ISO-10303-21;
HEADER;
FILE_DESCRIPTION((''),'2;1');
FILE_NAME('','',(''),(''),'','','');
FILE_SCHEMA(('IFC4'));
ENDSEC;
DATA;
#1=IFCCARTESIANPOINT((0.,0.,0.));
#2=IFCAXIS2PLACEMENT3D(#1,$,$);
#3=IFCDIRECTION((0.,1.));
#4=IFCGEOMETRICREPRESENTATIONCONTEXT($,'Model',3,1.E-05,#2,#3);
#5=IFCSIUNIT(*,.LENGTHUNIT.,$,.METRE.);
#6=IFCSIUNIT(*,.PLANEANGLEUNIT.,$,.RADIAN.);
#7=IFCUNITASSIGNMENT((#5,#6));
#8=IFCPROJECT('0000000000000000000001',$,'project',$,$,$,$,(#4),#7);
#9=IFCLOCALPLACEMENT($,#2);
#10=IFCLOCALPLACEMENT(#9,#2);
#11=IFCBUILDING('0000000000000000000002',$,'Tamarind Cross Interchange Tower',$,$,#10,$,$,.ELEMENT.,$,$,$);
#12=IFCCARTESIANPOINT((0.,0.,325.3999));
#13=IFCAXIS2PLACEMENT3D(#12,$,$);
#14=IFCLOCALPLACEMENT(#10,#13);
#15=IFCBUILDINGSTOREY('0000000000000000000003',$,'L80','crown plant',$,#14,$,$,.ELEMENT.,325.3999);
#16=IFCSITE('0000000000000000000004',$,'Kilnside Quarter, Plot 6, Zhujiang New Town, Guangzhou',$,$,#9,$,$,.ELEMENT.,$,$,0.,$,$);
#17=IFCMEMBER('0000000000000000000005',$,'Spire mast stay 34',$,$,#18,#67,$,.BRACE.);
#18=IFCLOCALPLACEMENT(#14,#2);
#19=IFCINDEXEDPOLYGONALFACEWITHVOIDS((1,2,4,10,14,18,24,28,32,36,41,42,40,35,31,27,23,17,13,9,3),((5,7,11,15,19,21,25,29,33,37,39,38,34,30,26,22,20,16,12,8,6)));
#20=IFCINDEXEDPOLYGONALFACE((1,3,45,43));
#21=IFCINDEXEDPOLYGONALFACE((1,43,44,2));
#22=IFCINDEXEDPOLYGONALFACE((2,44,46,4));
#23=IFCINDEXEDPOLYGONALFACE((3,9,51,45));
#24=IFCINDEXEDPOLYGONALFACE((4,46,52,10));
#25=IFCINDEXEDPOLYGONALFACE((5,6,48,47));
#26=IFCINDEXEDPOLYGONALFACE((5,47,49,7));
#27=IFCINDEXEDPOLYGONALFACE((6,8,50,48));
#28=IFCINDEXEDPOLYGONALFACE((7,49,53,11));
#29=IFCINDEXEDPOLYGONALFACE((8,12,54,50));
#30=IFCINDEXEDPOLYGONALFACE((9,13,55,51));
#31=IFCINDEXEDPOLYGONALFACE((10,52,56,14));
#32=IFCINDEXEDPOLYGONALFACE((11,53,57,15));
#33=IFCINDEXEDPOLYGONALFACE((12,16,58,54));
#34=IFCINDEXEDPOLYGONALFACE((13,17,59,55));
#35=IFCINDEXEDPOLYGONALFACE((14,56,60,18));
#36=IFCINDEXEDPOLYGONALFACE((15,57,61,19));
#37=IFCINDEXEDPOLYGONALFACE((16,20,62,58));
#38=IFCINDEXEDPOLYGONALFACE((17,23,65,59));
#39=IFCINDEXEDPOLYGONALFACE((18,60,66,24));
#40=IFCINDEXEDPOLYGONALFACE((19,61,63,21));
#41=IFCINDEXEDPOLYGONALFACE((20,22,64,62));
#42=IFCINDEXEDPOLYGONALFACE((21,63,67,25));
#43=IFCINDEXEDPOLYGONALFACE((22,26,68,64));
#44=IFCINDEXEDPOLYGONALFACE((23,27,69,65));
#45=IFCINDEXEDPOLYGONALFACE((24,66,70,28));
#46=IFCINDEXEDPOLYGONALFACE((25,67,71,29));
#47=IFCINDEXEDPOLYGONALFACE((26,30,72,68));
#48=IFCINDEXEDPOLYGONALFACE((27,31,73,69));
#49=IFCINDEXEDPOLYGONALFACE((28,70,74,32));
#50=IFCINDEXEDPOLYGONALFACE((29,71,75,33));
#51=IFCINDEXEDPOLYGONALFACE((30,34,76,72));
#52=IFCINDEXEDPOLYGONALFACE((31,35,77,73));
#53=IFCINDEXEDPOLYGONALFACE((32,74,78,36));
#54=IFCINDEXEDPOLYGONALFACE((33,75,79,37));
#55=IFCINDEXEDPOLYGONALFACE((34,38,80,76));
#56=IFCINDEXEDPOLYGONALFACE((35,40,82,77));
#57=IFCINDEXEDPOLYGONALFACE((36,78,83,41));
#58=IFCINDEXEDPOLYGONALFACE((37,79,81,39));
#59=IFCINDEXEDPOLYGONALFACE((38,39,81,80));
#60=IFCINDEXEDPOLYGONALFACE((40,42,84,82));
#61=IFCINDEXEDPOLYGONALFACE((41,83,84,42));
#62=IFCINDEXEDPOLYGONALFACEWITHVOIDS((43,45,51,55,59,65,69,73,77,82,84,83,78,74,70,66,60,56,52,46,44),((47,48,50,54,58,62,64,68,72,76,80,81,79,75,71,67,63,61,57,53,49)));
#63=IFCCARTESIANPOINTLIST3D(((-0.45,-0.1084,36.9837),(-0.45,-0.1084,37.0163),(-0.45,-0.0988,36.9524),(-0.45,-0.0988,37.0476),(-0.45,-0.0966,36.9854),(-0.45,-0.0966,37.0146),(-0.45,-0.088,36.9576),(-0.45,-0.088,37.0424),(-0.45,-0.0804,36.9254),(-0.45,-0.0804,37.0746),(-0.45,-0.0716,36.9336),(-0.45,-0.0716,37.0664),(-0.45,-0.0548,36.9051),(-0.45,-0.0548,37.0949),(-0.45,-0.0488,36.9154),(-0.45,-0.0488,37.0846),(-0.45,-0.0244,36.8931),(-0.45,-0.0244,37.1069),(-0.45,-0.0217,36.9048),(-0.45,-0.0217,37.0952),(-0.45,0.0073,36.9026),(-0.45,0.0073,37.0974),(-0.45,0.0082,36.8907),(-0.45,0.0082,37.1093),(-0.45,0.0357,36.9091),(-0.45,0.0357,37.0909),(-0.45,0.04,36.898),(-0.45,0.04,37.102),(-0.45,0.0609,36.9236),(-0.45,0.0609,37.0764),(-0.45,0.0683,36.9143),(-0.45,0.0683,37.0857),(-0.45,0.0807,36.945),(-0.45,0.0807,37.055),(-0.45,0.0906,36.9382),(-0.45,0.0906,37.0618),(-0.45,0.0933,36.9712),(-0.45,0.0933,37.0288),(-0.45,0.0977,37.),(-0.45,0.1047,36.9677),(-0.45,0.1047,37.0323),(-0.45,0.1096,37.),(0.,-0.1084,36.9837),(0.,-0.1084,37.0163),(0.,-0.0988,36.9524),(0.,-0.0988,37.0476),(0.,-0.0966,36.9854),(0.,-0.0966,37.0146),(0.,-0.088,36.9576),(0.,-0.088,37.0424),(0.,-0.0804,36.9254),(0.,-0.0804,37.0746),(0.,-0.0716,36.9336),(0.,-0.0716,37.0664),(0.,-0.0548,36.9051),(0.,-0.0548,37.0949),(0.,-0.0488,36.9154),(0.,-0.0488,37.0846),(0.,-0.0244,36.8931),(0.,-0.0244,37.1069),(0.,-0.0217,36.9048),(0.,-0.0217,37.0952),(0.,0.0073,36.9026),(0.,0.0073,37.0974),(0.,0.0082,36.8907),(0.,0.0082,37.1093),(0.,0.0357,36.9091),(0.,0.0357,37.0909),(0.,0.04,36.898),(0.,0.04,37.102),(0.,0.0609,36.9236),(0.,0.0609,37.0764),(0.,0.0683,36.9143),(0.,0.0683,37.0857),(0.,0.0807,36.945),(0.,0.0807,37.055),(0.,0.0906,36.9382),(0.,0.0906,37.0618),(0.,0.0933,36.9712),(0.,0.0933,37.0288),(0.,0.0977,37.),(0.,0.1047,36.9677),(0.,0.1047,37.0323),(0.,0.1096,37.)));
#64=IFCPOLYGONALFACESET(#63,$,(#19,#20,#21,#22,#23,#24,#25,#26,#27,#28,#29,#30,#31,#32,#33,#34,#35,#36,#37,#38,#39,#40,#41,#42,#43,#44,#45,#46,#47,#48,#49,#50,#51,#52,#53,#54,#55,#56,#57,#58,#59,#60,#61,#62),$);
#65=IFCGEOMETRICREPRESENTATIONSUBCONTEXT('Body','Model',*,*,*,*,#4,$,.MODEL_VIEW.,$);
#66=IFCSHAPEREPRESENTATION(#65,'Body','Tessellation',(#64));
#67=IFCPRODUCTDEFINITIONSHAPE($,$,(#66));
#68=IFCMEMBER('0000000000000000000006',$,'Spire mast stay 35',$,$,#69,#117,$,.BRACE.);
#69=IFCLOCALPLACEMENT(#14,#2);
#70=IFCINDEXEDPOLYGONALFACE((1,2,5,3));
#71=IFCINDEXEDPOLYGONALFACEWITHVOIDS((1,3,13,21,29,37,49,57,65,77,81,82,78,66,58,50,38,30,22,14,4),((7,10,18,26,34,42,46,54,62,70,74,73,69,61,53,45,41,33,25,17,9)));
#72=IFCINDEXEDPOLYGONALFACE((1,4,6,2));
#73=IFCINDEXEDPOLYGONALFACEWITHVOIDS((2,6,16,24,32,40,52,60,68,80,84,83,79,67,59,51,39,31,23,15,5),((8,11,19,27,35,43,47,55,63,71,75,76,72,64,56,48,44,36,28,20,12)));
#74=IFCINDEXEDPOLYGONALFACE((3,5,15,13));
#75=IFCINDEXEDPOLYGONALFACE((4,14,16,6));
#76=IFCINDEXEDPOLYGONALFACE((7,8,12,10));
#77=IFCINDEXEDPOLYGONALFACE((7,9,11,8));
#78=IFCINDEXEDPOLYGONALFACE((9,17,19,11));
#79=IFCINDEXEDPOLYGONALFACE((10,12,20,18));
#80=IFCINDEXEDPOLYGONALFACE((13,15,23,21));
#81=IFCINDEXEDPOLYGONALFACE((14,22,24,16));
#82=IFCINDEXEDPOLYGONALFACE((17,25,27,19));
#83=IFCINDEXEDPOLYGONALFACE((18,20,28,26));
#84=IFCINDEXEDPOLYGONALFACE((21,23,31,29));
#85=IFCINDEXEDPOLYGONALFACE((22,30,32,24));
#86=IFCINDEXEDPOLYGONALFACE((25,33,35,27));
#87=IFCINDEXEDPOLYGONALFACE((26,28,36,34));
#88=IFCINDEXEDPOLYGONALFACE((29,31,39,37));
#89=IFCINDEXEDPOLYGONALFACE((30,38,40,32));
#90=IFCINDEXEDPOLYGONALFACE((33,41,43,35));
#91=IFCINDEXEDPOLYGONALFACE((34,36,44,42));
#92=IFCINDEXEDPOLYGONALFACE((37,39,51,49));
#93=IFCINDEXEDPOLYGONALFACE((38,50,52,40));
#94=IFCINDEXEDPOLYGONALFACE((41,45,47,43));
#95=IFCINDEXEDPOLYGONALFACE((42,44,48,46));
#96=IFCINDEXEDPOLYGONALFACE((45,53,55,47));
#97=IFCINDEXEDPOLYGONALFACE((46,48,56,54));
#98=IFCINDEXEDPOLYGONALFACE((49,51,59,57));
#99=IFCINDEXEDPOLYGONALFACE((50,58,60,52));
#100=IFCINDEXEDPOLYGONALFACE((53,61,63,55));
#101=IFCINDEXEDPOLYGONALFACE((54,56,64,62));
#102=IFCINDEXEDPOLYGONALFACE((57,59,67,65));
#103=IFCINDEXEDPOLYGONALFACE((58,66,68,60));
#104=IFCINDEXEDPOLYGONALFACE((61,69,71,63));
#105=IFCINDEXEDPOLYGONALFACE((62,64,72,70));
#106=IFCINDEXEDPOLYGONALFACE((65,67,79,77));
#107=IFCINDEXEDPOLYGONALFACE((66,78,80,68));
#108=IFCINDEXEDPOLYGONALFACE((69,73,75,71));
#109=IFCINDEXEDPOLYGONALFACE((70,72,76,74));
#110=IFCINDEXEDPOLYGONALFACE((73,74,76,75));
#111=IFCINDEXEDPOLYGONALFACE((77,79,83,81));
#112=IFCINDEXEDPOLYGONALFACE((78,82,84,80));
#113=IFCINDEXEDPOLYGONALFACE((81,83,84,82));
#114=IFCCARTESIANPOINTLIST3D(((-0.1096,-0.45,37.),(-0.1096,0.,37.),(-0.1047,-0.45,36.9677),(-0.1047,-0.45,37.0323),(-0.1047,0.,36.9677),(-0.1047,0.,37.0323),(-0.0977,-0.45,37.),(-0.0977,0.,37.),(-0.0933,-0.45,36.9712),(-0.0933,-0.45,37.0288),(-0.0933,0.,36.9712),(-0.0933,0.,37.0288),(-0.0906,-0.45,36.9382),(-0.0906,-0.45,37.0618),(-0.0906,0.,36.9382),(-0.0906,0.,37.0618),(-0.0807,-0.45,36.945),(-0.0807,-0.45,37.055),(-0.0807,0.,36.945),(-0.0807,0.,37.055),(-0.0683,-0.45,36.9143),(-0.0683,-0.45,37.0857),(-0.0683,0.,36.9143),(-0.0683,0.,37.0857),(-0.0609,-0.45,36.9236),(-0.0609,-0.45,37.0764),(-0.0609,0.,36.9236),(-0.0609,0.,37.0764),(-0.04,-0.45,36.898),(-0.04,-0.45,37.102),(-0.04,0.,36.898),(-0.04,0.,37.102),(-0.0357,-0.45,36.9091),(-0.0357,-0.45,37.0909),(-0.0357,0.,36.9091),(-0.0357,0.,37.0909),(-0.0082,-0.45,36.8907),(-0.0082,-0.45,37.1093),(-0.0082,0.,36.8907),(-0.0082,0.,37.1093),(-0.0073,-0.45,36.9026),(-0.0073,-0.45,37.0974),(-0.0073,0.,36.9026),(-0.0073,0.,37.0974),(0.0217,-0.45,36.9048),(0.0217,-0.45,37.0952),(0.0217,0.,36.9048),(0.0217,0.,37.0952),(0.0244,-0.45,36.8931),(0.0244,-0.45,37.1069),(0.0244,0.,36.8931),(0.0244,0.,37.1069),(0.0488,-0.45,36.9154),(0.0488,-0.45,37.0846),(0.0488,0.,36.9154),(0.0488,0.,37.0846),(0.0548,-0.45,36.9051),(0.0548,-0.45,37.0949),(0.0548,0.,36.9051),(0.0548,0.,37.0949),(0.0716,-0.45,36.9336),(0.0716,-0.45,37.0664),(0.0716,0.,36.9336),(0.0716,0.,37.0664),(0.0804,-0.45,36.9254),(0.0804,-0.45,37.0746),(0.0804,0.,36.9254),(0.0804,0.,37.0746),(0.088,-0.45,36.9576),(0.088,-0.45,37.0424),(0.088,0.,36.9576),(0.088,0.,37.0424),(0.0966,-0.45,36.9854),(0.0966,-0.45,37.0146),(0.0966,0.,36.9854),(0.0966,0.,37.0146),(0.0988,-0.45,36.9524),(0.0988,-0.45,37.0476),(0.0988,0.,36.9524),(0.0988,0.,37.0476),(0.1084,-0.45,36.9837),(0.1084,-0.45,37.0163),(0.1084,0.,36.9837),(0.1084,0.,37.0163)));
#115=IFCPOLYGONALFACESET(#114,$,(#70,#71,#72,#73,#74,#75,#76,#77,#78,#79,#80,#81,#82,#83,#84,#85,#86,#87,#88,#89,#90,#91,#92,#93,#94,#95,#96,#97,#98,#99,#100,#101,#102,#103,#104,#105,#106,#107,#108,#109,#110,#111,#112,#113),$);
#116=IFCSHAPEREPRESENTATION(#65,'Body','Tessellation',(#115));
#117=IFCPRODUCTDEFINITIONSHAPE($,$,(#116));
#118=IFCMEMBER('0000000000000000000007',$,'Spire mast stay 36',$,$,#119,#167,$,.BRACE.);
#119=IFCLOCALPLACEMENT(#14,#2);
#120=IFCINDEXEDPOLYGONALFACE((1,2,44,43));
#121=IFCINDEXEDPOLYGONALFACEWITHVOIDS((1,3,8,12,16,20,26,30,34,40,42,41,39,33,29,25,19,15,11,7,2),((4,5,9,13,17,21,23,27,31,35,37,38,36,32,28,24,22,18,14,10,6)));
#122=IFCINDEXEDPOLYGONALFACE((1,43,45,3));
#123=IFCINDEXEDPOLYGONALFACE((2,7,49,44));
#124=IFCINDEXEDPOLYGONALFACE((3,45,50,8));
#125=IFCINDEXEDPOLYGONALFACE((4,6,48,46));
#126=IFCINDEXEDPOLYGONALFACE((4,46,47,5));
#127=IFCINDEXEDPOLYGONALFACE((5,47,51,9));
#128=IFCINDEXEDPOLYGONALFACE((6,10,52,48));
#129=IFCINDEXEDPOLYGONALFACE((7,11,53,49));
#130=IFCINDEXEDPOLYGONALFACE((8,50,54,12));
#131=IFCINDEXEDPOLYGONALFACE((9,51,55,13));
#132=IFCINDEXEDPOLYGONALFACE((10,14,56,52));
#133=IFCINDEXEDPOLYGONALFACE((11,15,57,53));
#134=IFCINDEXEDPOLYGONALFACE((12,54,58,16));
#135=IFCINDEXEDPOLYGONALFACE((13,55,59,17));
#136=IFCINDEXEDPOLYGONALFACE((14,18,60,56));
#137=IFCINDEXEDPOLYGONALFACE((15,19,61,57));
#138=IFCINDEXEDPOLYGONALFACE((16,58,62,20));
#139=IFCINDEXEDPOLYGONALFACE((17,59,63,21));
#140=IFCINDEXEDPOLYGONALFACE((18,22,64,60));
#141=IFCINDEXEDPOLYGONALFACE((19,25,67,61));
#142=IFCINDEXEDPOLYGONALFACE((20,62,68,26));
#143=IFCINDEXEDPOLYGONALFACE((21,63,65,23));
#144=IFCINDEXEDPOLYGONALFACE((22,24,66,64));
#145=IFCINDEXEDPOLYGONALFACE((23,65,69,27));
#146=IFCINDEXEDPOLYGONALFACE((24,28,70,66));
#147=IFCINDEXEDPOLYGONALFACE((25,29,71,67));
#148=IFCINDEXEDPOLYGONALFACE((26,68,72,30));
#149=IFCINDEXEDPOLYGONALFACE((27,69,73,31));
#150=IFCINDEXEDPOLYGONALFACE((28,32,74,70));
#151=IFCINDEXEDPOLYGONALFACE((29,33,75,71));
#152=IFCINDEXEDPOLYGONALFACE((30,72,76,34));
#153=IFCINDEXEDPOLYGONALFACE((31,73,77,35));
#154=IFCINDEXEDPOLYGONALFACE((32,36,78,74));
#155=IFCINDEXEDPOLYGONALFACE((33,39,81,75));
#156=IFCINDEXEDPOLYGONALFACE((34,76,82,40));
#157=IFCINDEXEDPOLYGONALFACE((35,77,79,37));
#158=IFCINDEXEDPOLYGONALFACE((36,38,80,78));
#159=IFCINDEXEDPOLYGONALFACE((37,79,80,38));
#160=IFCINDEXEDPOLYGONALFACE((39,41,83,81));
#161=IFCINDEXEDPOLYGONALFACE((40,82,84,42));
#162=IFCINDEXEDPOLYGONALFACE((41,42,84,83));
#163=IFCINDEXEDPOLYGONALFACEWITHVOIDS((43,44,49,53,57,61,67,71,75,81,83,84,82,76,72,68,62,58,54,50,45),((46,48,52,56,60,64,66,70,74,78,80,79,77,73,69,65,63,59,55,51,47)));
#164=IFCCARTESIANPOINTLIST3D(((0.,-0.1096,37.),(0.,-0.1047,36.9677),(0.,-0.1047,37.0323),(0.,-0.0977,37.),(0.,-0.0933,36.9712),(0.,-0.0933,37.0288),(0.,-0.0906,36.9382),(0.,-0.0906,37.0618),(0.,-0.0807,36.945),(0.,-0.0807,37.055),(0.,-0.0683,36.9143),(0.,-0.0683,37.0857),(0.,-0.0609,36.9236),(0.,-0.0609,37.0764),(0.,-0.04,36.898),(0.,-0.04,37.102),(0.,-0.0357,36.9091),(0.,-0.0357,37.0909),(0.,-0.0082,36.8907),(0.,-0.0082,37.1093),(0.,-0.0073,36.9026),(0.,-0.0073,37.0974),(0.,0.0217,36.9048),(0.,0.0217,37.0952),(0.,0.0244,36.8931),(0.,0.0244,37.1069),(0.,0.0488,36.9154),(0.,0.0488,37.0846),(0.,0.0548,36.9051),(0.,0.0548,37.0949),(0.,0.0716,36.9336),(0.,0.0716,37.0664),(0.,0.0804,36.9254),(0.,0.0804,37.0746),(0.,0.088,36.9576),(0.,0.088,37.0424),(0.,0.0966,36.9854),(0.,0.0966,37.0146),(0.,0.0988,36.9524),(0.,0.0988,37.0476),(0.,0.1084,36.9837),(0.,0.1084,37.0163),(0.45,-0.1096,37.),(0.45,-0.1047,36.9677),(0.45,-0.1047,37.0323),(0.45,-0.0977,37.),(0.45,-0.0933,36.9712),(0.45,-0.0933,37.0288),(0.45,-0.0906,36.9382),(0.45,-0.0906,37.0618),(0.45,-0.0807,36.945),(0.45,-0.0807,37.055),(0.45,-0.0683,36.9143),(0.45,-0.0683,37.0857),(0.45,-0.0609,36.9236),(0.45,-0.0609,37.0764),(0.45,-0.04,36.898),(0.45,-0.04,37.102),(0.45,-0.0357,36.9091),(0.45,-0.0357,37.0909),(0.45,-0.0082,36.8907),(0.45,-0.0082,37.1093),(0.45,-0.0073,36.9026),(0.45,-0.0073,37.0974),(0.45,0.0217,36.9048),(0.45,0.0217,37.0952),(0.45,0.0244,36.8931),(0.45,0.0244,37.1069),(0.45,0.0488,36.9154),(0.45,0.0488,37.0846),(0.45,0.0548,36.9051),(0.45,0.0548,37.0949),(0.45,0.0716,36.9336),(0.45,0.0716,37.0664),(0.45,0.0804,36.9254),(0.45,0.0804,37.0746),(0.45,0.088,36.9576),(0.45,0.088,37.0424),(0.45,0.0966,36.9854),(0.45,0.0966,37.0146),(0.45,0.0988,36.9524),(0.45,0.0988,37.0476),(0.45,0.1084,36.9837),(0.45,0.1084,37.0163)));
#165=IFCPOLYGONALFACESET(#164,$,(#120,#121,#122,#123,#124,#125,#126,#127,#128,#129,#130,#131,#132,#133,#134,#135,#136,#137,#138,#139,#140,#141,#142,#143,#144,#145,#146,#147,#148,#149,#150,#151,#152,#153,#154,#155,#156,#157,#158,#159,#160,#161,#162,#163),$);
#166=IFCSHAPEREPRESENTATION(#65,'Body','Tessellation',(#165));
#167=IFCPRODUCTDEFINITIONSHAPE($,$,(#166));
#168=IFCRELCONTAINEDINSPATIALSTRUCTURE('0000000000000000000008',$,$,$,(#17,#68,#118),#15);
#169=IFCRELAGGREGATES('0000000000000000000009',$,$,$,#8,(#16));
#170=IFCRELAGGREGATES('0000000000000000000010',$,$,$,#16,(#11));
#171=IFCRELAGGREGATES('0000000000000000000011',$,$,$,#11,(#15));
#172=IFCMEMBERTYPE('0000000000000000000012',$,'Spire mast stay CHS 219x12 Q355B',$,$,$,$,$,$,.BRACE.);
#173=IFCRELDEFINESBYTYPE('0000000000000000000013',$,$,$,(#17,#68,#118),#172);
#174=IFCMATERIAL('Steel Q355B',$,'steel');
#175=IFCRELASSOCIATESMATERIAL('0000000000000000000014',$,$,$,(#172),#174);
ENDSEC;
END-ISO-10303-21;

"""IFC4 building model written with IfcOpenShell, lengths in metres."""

from ifc_helpers import new_model, si_unit, direction, frame, origin, origin_2d, place, context, subcontext, project, spatial, hollow_circle, extrude, material, material_profile, profile_set, type_object, element, save


model = new_model("IFC4")

# Units and contexts
model_context = context("Model", 3, precision=1e-05, world=origin(), true_north=direction((0.0, 1.0)))
body_context = subcontext(model_context, "Body", "Model", "MODEL_VIEW")
ifc_project = project(units=[si_unit("LENGTHUNIT", "METRE"), si_unit("PLANEANGLEUNIT", "RADIAN")], contexts=[model_context])

# Site, building, storey
site_placement = place(None, origin())
site = spatial("IfcSite", under=ifc_project, at=site_placement, Name="Kilnside Quarter, Plot 6, Zhujiang New Town, Guangzhou", CompositionType="ELEMENT", RefElevation=0.0)
building_placement = place(site_placement, origin())
building = spatial("IfcBuilding", under=site, at=building_placement, Name="Tamarind Cross Interchange Tower", CompositionType="ELEMENT")
storey_placement = place(building_placement, frame((0.0, 0.0, 325.3999)))
storey = spatial("IfcBuildingStorey", under=building, at=storey_placement, Name="L80", Description="crown plant", CompositionType="ELEMENT", Elevation=325.3999)

# Members
ifc_material_1 = material(Name="Steel Q355B", Category="steel")
ifc_material_profile_1 = material_profile(ifc_material_1, hollow_circle(Radius=0.1096, WallThickness=0.012, at=origin_2d()), Name="CHS 219x12")
ifc_profile_set_1 = profile_set([ifc_material_profile_1], Name="Steel Q355B")
member_type_1 = type_object("IfcMemberType", Name="Spire mast stay CHS 219x12 Q355B", PredefinedType="BRACE", material=ifc_profile_set_1)
for number, where, z_axis, x_axis, name in (
    (1, (-0.45, 0.0, 37.0), (1.0, 0.0, 0.0), (0.0, 1.0, 0.0), "Spire mast stay 34"),
    (2, (0.0, -0.45, 37.0), (0.0, 1.0, 0.0), (-1.0, 0.0, 0.0), "Spire mast stay 35"),
    (3, (0.45, 0.0, 37.0), (-1.0, 0.0, 0.0), (0.0, -1.0, 0.0), "Spire mast stay 36"),
):
    element("IfcMember", number, at=place(storey_placement, frame(where, z_axis=z_axis, x_axis=x_axis)), inside=storey, type_object=member_type_1, Name=name, PredefinedType="BRACE", context=body_context, shape_type="SweptSolid", body=[
        extrude(hollow_circle(Radius=0.1096, WallThickness=0.012, at=origin_2d()), origin(), (0.0, 0.0, 1.0), 0.45),
    ])

save(model, "model.ifc")
